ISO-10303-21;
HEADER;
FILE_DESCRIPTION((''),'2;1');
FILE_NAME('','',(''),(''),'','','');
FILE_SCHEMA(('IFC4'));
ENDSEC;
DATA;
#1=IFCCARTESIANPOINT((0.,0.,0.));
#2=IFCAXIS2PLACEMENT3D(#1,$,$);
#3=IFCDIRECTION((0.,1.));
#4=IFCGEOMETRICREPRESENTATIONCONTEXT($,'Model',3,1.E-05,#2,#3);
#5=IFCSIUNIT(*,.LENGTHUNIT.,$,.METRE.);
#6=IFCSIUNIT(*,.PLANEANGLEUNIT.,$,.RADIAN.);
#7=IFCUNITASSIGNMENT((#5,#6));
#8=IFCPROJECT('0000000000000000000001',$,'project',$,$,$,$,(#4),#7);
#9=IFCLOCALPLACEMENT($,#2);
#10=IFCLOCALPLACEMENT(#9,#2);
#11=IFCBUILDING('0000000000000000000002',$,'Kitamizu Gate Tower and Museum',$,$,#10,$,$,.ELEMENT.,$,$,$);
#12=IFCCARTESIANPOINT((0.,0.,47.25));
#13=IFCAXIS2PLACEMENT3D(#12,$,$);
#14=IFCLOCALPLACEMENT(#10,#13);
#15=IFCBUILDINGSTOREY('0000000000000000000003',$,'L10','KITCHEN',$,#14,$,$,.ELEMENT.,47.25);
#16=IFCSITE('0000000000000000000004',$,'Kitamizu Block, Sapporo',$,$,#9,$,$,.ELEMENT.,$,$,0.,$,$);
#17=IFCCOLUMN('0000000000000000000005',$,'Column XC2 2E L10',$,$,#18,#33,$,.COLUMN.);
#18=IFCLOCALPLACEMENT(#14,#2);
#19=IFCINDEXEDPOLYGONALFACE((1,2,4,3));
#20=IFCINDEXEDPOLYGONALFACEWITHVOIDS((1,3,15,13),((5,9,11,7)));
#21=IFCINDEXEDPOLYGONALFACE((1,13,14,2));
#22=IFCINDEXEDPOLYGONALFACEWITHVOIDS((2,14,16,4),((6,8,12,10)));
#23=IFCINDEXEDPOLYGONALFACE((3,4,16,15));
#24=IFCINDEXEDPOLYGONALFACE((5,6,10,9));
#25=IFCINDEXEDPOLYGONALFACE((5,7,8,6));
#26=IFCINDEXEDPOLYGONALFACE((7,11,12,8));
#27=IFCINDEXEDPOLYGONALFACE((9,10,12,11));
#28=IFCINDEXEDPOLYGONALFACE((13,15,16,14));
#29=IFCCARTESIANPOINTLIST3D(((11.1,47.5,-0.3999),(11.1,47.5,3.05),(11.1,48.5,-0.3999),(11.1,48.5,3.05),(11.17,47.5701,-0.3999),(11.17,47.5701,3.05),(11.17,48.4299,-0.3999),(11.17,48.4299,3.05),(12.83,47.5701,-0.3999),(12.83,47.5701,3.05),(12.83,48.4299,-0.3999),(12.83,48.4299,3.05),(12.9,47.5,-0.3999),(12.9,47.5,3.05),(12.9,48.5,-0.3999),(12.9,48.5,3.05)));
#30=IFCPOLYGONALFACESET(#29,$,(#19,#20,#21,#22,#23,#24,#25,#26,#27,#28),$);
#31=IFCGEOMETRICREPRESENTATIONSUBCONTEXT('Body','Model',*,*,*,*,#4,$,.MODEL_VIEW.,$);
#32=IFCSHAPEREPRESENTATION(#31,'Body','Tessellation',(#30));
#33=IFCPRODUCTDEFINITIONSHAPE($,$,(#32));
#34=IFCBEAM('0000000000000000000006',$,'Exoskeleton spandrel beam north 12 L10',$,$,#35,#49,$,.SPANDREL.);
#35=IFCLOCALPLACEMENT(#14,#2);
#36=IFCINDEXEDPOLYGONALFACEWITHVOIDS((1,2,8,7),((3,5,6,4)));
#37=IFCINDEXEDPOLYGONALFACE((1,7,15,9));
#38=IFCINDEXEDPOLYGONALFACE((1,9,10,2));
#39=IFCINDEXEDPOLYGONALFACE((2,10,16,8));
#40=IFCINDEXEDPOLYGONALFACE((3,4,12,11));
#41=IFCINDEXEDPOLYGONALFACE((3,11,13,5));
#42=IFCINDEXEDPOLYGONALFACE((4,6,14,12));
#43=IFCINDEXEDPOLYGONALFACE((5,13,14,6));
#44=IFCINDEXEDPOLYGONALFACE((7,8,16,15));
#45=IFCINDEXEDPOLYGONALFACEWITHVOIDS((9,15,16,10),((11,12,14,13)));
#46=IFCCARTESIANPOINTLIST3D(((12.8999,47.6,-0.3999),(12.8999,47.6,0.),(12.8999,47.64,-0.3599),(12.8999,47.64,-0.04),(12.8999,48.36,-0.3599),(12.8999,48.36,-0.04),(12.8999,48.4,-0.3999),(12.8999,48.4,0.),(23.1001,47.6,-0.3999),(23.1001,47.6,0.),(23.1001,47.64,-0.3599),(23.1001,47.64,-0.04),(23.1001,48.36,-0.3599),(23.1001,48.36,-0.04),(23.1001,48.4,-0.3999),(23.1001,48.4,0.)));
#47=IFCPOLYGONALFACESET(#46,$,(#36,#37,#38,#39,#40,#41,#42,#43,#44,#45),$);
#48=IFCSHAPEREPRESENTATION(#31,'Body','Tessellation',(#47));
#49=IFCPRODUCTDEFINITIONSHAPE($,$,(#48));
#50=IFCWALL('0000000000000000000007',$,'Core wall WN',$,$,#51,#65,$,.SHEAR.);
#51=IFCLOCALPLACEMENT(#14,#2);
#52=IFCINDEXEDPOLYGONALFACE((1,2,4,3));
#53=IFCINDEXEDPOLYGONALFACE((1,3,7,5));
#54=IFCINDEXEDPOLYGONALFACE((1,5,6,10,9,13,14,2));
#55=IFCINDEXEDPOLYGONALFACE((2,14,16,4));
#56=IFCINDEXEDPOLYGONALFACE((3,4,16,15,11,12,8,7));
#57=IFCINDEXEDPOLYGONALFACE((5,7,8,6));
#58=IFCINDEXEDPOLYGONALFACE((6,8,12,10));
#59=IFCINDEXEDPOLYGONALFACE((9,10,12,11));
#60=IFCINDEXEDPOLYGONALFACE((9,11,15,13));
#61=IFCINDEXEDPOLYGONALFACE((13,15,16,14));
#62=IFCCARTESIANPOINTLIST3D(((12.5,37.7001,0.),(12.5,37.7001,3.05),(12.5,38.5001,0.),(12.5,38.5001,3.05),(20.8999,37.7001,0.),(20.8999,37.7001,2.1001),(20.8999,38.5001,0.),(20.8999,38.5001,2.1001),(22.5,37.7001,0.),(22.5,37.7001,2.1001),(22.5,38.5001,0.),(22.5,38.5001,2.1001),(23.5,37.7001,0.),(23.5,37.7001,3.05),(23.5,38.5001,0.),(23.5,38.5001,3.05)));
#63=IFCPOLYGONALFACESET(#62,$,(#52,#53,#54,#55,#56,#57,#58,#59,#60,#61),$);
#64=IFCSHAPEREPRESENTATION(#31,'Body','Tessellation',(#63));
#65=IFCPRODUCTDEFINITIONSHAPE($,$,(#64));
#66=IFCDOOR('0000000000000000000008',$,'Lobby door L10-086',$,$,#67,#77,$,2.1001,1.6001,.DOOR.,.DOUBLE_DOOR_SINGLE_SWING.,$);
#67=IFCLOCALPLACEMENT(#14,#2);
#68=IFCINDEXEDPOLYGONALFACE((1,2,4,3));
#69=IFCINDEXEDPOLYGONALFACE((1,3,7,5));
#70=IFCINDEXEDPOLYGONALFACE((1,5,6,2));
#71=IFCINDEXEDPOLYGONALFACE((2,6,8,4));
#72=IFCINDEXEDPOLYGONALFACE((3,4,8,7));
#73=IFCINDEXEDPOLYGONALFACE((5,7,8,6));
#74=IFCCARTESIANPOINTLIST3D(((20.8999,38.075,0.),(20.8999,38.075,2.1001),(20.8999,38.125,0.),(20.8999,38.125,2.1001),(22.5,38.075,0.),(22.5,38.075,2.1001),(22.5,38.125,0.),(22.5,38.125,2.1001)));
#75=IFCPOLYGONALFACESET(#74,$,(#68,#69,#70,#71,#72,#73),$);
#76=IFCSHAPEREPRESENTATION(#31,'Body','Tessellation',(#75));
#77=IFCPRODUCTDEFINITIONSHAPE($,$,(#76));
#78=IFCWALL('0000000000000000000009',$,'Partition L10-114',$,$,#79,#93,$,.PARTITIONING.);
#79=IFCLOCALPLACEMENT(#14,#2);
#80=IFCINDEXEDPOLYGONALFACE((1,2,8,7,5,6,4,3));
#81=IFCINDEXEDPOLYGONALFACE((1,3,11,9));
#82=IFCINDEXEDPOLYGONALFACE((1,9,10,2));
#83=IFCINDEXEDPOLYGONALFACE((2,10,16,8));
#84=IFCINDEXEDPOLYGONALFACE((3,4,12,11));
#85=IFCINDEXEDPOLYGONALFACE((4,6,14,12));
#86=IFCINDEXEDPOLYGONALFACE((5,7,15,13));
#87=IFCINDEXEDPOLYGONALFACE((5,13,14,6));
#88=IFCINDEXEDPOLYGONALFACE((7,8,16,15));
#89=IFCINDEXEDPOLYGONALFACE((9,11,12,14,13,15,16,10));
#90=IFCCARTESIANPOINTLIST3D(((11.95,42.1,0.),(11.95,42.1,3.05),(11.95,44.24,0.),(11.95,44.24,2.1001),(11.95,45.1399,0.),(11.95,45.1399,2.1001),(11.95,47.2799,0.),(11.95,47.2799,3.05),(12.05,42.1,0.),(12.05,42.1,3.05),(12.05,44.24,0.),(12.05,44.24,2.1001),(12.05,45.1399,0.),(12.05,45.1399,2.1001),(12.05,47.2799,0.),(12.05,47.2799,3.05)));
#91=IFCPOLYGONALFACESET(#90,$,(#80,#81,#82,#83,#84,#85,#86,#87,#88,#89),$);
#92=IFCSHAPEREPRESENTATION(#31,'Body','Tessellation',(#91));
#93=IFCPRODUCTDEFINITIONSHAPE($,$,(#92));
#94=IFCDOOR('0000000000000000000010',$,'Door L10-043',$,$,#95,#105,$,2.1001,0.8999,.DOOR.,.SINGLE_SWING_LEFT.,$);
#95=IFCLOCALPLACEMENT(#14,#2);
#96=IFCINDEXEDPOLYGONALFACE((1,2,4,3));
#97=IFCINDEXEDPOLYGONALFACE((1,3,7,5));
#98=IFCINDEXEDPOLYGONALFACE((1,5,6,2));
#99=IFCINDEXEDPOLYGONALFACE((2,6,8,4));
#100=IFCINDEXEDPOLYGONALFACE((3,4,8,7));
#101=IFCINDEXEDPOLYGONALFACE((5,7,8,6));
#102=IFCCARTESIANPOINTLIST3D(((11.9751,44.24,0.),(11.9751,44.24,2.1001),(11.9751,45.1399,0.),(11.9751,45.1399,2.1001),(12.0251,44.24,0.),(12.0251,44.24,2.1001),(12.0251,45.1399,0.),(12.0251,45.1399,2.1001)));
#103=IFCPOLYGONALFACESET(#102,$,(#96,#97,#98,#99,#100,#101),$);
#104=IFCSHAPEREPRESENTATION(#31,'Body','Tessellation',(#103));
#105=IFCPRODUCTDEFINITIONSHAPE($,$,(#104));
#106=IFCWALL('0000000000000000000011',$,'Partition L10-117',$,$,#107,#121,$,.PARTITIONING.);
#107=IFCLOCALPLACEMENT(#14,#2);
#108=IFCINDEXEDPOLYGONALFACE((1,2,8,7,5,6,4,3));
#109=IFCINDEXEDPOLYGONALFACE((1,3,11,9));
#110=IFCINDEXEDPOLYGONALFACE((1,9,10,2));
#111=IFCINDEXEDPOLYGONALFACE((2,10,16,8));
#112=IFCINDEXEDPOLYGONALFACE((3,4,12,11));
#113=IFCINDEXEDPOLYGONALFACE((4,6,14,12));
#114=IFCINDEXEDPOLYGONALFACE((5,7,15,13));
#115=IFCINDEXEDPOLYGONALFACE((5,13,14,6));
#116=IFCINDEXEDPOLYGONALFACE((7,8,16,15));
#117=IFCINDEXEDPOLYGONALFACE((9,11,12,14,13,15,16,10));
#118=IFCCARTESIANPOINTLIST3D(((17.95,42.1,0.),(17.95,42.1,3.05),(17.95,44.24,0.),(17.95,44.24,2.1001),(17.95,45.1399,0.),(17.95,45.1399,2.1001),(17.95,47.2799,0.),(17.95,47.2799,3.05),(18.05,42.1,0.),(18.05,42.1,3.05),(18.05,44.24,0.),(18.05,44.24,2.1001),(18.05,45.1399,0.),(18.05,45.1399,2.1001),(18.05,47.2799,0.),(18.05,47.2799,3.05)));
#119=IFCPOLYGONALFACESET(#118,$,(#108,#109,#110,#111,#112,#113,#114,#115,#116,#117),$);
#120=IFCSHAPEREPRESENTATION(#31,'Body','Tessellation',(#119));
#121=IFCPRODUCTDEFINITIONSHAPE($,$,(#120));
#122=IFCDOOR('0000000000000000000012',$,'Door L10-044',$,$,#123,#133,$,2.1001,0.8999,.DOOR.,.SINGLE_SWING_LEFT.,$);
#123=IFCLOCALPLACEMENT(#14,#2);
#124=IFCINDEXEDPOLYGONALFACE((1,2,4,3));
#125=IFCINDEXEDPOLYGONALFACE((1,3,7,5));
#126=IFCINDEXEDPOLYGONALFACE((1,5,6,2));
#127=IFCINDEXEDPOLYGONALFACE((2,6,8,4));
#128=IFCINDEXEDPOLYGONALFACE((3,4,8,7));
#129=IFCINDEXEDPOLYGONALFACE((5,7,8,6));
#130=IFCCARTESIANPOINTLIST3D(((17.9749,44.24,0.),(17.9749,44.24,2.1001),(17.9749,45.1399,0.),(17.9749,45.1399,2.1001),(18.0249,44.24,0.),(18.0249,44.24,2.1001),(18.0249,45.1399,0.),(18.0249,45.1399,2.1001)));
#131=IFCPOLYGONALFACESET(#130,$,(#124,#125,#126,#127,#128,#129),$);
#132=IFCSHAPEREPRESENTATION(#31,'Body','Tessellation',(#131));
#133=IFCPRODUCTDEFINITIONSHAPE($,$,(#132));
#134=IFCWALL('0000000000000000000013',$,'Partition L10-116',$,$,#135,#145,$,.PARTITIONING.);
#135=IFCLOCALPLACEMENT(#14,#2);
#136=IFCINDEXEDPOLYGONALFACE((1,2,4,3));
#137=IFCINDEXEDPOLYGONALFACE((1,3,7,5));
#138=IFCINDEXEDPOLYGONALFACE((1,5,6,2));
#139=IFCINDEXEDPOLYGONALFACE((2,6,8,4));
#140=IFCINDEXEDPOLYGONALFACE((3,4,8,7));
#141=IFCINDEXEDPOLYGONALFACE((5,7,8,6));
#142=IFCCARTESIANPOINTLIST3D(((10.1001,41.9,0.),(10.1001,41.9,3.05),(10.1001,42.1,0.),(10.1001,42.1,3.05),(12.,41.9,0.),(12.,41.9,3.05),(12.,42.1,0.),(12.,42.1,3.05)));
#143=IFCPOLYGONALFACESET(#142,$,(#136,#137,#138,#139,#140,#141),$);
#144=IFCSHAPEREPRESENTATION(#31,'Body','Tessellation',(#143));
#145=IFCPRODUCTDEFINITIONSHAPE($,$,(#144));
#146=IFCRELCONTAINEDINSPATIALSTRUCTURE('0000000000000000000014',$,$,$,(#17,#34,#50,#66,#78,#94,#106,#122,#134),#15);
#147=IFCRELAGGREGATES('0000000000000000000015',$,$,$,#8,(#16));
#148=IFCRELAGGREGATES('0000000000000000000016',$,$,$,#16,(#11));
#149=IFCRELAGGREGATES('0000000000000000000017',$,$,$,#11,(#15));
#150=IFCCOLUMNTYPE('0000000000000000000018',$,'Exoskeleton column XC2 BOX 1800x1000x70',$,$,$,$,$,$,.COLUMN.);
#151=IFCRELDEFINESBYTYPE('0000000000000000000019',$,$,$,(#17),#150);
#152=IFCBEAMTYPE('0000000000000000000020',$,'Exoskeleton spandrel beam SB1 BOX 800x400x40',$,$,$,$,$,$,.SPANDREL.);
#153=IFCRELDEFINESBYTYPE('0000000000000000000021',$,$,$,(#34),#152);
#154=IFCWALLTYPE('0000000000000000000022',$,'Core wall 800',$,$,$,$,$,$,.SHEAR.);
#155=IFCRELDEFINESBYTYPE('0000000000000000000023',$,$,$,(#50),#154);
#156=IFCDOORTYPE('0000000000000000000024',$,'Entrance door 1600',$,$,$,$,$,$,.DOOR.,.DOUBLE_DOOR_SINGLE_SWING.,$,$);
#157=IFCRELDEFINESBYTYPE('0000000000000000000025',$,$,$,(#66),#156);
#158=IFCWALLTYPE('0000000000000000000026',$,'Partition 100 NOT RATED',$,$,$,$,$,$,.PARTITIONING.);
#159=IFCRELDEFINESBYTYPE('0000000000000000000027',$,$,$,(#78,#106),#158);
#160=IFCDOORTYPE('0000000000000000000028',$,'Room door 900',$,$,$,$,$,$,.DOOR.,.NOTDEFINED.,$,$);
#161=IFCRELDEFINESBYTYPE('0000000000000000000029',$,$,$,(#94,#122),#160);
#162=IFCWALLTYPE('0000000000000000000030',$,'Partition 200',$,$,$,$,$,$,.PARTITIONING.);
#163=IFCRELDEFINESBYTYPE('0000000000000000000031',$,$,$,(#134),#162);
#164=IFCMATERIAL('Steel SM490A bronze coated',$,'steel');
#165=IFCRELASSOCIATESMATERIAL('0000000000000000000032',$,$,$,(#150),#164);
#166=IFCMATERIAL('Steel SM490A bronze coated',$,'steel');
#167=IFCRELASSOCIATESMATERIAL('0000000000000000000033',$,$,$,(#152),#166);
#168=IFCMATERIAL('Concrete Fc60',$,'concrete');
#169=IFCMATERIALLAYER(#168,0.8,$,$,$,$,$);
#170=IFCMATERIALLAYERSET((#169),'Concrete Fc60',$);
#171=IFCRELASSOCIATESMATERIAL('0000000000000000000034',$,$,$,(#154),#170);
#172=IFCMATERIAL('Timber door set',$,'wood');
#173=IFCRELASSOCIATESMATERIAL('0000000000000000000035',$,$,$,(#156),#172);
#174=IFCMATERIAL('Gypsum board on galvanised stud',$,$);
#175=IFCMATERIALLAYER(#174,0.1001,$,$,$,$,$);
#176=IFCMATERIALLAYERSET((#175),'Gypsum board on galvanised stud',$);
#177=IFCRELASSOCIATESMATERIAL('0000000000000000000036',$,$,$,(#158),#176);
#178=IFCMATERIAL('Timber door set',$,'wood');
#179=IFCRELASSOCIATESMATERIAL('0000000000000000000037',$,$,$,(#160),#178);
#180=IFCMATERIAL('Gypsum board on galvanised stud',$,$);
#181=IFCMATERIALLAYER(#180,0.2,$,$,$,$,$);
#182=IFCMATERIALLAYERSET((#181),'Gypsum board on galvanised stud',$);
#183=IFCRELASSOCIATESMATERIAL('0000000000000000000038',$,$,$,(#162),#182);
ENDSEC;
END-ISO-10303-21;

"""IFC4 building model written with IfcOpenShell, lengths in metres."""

from ifc_helpers import new_model, si_unit, direction, frame, frame_2d, origin, origin_2d, place, context, subcontext, project, spatial, rectangle, hollow_rectangle, extrude, material, layer, layer_set, material_profile, profile_set, type_object, element, fill, save


model = new_model("IFC4")

# Units and contexts
model_context = context("Model", 3, precision=1e-05, world=origin(), true_north=direction((0.0, 1.0)))
body_context = subcontext(model_context, "Body", "Model", "MODEL_VIEW")
ifc_project = project(units=[si_unit("LENGTHUNIT", "METRE"), si_unit("PLANEANGLEUNIT", "RADIAN")], contexts=[model_context])

# Site, building, storey
site_placement = place(None, origin())
site = spatial("IfcSite", under=ifc_project, at=site_placement, Name="Kitamizu Block, Sapporo", CompositionType="ELEMENT", RefElevation=0.0)
building_placement = place(site_placement, origin())
building = spatial("IfcBuilding", under=site, at=building_placement, Name="Kitamizu Gate Tower and Museum", CompositionType="ELEMENT")
storey_placement = place(building_placement, frame((0.0, 0.0, 47.25)))
storey = spatial("IfcBuildingStorey", under=building, at=storey_placement, Name="L10", Description="KITCHEN", CompositionType="ELEMENT", Elevation=47.25)

# Column
ifc_material_1 = material(Name="Steel SM490A bronze coated", Category="steel")
ifc_material_profile_1 = material_profile(ifc_material_1, hollow_rectangle(XDim=1.8, YDim=1.0, WallThickness=0.0701, at=origin_2d()), Name="BOX 1800x1000x70")
ifc_profile_set_1 = profile_set([ifc_material_profile_1], Name="Steel SM490A bronze coated")
column_type = type_object("IfcColumnType", Name="Exoskeleton column XC2 BOX 1800x1000x70", PredefinedType="COLUMN", material=ifc_profile_set_1)
column_placement = place(storey_placement, frame((12.0, 48.0, -0.3999), z_axis=(0.0, 0.0, 1.0), x_axis=(1.0, 0.0, 0.0)))
element("IfcColumn", 1, at=column_placement, inside=storey, type_object=column_type, Name="Column XC2 2E L10", PredefinedType="COLUMN", context=body_context, shape_type="SweptSolid", body=[
    extrude(hollow_rectangle(XDim=1.8, YDim=1.0, WallThickness=0.0701, at=origin_2d()), origin(), (0.0, 0.0, 1.0), 3.45),
])

# Beam
ifc_material_2 = material(Name="Steel SM490A bronze coated", Category="steel")
ifc_material_profile_2 = material_profile(ifc_material_2, hollow_rectangle(XDim=0.8, YDim=0.3999, WallThickness=0.04, at=origin_2d()), Name="BOX 800x400x40")
ifc_profile_set_2 = profile_set([ifc_material_profile_2], Name="Steel SM490A bronze coated")
beam_type = type_object("IfcBeamType", Name="Exoskeleton spandrel beam SB1 BOX 800x400x40", PredefinedType="SPANDREL", material=ifc_profile_set_2)
beam_placement = place(storey_placement, frame((12.8999, 48.0, -0.2), z_axis=(1.0, 0.0, 0.0), x_axis=(0.0, 1.0, 0.0)))
element("IfcBeam", 2, at=beam_placement, inside=storey, type_object=beam_type, Name="Exoskeleton spandrel beam north 12 L10", PredefinedType="SPANDREL", context=body_context, shape_type="SweptSolid", body=[
    extrude(hollow_rectangle(XDim=0.8, YDim=0.3999, WallThickness=0.04, at=origin_2d()), origin(), (0.0, 0.0, 1.0), 10.2002),
])

# Walls, openings, doors
ifc_material_3 = material(Name="Concrete Fc60", Category="concrete")
ifc_layer_1 = layer(ifc_material_3, 0.8)
ifc_layer_set_1 = layer_set([ifc_layer_1], Name="Concrete Fc60")
wall_type_1 = type_object("IfcWallType", Name="Core wall 800", PredefinedType="SHEAR", material=ifc_layer_set_1)
wall_1_placement = place(storey_placement, frame((12.5, 38.1001, 0.0), z_axis=(0.0, 0.0, 1.0), x_axis=(1.0, 0.0, 0.0)))
wall_1 = element("IfcWall", 3, at=wall_1_placement, inside=storey, type_object=wall_type_1, Name="Core wall WN", PredefinedType="SHEAR", context=body_context, shape_type="SweptSolid", body=[
    extrude(rectangle(XDim=11.0, YDim=0.8, at=frame_2d((5.5, 0.0))), origin(), (0.0, 0.0, 1.0), 3.05),
])
opening_1_placement = place(wall_1_placement, frame((8.3999, 0.0, 0.0)))
opening_1 = element("IfcOpeningElement", 4, at=opening_1_placement, cuts=wall_1, PredefinedType="OPENING", context=body_context, shape_type="SweptSolid", body=[
    extrude(rectangle(XDim=1.6001, YDim=2.1001, at=frame_2d((0.8, 1.05))), frame((0.0, 0.4102, 0.0), z_axis=(0.0, -1.0, 0.0), x_axis=(1.0, 0.0, 0.0)), (0.0, 0.0, 1.0), 0.8201),
])
ifc_material_4 = material(Name="Timber door set", Category="wood")
door_type_1 = type_object("IfcDoorType", Name="Entrance door 1600", OperationType="DOUBLE_DOOR_SINGLE_SWING", PredefinedType="DOOR", material=ifc_material_4)
door_1_placement = place(opening_1_placement, origin())
door_1 = element("IfcDoor", 5, at=door_1_placement, inside=storey, type_object=door_type_1, Name="Lobby door L10-086", OperationType="DOUBLE_DOOR_SINGLE_SWING", OverallHeight=2.1001, OverallWidth=1.6001, PredefinedType="DOOR", context=body_context, shape_type="SweptSolid", body=[
    extrude(rectangle(XDim=1.6001, YDim=2.1001, at=frame_2d((0.8, 1.05))), frame((0.0, 0.0249, 0.0), z_axis=(0.0, -1.0, 0.0), x_axis=(1.0, 0.0, 0.0)), (0.0, 0.0, 1.0), 0.05),
])
fill(opening_1, door_1)
ifc_material_5 = material(Name="Gypsum board on galvanised stud")
ifc_layer_2 = layer(ifc_material_5, 0.1001)
ifc_layer_set_2 = layer_set([ifc_layer_2], Name="Gypsum board on galvanised stud")
wall_type_2 = type_object("IfcWallType", Name="Partition 100 NOT RATED", PredefinedType="PARTITIONING", material=ifc_layer_set_2)
wall_2_placement = place(storey_placement, frame((12.0, 42.1001, 0.0), z_axis=(0.0, 0.0, 1.0), x_axis=(0.0, 1.0, 0.0)))
wall_2 = element("IfcWall", 6, at=wall_2_placement, inside=storey, type_object=wall_type_2, Name="Partition L10-114", PredefinedType="PARTITIONING", context=body_context, shape_type="SweptSolid", body=[
    extrude(rectangle(XDim=5.1799, YDim=0.1001, at=frame_2d((2.5898, 0.0))), origin(), (0.0, 0.0, 1.0), 3.05),
])
opening_2_placement = place(wall_2_placement, frame((2.1399, 0.0, 0.0)))
opening_2 = element("IfcOpeningElement", 7, at=opening_2_placement, cuts=wall_2, PredefinedType="OPENING", context=body_context, shape_type="SweptSolid", body=[
    extrude(rectangle(XDim=0.8999, YDim=2.1001, at=frame_2d((0.45, 1.05))), frame((0.0, 0.0601, 0.0), z_axis=(0.0, -1.0, 0.0), x_axis=(1.0, 0.0, 0.0)), (0.0, 0.0, 1.0), 0.1201),
])
ifc_material_6 = material(Name="Timber door set", Category="wood")
door_type_2 = type_object("IfcDoorType", Name="Room door 900", OperationType="NOTDEFINED", PredefinedType="DOOR", material=ifc_material_6)
door_2_placement = place(opening_2_placement, origin())
door_2 = element("IfcDoor", 8, at=door_2_placement, inside=storey, type_object=door_type_2, Name="Door L10-043", OperationType="SINGLE_SWING_LEFT", OverallHeight=2.1001, OverallWidth=0.8999, PredefinedType="DOOR", context=body_context, shape_type="SweptSolid", body=[
    extrude(rectangle(XDim=0.8999, YDim=2.1001, at=frame_2d((0.45, 1.05))), frame((0.0, 0.0249, 0.0), z_axis=(0.0, -1.0, 0.0), x_axis=(1.0, 0.0, 0.0)), (0.0, 0.0, 1.0), 0.05),
])
fill(opening_2, door_2)
wall_3_placement = place(storey_placement, frame((18.0, 42.1001, 0.0), z_axis=(0.0, 0.0, 1.0), x_axis=(0.0, 1.0, 0.0)))
wall_3 = element("IfcWall", 9, at=wall_3_placement, inside=storey, type_object=wall_type_2, Name="Partition L10-117", PredefinedType="PARTITIONING", context=body_context, shape_type="SweptSolid", body=[
    extrude(rectangle(XDim=5.1799, YDim=0.1001, at=frame_2d((2.5898, 0.0))), origin(), (0.0, 0.0, 1.0), 3.05),
])
opening_3_placement = place(wall_3_placement, frame((2.1399, 0.0, 0.0)))
opening_3 = element("IfcOpeningElement", 10, at=opening_3_placement, cuts=wall_3, PredefinedType="OPENING", context=body_context, shape_type="SweptSolid", body=[
    extrude(rectangle(XDim=0.8999, YDim=2.1001, at=frame_2d((0.45, 1.05))), frame((0.0, 0.0601, 0.0), z_axis=(0.0, -1.0, 0.0), x_axis=(1.0, 0.0, 0.0)), (0.0, 0.0, 1.0), 0.1201),
])
door_3_placement = place(opening_3_placement, frame((0.8999, 0.0, 0.0), x_axis=(-1.0, 0.0, 0.0)))
door_3 = element("IfcDoor", 11, at=door_3_placement, inside=storey, type_object=door_type_2, Name="Door L10-044", OperationType="SINGLE_SWING_LEFT", OverallHeight=2.1001, OverallWidth=0.8999, PredefinedType="DOOR", context=body_context, shape_type="SweptSolid", body=[
    extrude(rectangle(XDim=0.8999, YDim=2.1001, at=frame_2d((0.45, 1.05))), frame((0.0, 0.0249, 0.0), z_axis=(0.0, -1.0, 0.0), x_axis=(1.0, 0.0, 0.0)), (0.0, 0.0, 1.0), 0.05),
])
fill(opening_3, door_3)

# Wall
ifc_material_7 = material(Name="Gypsum board on galvanised stud")
ifc_layer_3 = layer(ifc_material_7, 0.2)
ifc_layer_set_3 = layer_set([ifc_layer_3], Name="Gypsum board on galvanised stud")
wall_type_3 = type_object("IfcWallType", Name="Partition 200", PredefinedType="PARTITIONING", material=ifc_layer_set_3)
wall_4_placement = place(storey_placement, frame((10.1001, 42.0, 0.0), z_axis=(0.0, 0.0, 1.0), x_axis=(1.0, 0.0, 0.0)))
element("IfcWall", 12, at=wall_4_placement, inside=storey, type_object=wall_type_3, Name="Partition L10-116", PredefinedType="PARTITIONING", context=body_context, shape_type="SweptSolid", body=[
    extrude(rectangle(XDim=1.8999, YDim=0.2, at=frame_2d((0.95, 0.0))), origin(), (0.0, 0.0, 1.0), 3.05),
])

save(model, "model.ifc")
